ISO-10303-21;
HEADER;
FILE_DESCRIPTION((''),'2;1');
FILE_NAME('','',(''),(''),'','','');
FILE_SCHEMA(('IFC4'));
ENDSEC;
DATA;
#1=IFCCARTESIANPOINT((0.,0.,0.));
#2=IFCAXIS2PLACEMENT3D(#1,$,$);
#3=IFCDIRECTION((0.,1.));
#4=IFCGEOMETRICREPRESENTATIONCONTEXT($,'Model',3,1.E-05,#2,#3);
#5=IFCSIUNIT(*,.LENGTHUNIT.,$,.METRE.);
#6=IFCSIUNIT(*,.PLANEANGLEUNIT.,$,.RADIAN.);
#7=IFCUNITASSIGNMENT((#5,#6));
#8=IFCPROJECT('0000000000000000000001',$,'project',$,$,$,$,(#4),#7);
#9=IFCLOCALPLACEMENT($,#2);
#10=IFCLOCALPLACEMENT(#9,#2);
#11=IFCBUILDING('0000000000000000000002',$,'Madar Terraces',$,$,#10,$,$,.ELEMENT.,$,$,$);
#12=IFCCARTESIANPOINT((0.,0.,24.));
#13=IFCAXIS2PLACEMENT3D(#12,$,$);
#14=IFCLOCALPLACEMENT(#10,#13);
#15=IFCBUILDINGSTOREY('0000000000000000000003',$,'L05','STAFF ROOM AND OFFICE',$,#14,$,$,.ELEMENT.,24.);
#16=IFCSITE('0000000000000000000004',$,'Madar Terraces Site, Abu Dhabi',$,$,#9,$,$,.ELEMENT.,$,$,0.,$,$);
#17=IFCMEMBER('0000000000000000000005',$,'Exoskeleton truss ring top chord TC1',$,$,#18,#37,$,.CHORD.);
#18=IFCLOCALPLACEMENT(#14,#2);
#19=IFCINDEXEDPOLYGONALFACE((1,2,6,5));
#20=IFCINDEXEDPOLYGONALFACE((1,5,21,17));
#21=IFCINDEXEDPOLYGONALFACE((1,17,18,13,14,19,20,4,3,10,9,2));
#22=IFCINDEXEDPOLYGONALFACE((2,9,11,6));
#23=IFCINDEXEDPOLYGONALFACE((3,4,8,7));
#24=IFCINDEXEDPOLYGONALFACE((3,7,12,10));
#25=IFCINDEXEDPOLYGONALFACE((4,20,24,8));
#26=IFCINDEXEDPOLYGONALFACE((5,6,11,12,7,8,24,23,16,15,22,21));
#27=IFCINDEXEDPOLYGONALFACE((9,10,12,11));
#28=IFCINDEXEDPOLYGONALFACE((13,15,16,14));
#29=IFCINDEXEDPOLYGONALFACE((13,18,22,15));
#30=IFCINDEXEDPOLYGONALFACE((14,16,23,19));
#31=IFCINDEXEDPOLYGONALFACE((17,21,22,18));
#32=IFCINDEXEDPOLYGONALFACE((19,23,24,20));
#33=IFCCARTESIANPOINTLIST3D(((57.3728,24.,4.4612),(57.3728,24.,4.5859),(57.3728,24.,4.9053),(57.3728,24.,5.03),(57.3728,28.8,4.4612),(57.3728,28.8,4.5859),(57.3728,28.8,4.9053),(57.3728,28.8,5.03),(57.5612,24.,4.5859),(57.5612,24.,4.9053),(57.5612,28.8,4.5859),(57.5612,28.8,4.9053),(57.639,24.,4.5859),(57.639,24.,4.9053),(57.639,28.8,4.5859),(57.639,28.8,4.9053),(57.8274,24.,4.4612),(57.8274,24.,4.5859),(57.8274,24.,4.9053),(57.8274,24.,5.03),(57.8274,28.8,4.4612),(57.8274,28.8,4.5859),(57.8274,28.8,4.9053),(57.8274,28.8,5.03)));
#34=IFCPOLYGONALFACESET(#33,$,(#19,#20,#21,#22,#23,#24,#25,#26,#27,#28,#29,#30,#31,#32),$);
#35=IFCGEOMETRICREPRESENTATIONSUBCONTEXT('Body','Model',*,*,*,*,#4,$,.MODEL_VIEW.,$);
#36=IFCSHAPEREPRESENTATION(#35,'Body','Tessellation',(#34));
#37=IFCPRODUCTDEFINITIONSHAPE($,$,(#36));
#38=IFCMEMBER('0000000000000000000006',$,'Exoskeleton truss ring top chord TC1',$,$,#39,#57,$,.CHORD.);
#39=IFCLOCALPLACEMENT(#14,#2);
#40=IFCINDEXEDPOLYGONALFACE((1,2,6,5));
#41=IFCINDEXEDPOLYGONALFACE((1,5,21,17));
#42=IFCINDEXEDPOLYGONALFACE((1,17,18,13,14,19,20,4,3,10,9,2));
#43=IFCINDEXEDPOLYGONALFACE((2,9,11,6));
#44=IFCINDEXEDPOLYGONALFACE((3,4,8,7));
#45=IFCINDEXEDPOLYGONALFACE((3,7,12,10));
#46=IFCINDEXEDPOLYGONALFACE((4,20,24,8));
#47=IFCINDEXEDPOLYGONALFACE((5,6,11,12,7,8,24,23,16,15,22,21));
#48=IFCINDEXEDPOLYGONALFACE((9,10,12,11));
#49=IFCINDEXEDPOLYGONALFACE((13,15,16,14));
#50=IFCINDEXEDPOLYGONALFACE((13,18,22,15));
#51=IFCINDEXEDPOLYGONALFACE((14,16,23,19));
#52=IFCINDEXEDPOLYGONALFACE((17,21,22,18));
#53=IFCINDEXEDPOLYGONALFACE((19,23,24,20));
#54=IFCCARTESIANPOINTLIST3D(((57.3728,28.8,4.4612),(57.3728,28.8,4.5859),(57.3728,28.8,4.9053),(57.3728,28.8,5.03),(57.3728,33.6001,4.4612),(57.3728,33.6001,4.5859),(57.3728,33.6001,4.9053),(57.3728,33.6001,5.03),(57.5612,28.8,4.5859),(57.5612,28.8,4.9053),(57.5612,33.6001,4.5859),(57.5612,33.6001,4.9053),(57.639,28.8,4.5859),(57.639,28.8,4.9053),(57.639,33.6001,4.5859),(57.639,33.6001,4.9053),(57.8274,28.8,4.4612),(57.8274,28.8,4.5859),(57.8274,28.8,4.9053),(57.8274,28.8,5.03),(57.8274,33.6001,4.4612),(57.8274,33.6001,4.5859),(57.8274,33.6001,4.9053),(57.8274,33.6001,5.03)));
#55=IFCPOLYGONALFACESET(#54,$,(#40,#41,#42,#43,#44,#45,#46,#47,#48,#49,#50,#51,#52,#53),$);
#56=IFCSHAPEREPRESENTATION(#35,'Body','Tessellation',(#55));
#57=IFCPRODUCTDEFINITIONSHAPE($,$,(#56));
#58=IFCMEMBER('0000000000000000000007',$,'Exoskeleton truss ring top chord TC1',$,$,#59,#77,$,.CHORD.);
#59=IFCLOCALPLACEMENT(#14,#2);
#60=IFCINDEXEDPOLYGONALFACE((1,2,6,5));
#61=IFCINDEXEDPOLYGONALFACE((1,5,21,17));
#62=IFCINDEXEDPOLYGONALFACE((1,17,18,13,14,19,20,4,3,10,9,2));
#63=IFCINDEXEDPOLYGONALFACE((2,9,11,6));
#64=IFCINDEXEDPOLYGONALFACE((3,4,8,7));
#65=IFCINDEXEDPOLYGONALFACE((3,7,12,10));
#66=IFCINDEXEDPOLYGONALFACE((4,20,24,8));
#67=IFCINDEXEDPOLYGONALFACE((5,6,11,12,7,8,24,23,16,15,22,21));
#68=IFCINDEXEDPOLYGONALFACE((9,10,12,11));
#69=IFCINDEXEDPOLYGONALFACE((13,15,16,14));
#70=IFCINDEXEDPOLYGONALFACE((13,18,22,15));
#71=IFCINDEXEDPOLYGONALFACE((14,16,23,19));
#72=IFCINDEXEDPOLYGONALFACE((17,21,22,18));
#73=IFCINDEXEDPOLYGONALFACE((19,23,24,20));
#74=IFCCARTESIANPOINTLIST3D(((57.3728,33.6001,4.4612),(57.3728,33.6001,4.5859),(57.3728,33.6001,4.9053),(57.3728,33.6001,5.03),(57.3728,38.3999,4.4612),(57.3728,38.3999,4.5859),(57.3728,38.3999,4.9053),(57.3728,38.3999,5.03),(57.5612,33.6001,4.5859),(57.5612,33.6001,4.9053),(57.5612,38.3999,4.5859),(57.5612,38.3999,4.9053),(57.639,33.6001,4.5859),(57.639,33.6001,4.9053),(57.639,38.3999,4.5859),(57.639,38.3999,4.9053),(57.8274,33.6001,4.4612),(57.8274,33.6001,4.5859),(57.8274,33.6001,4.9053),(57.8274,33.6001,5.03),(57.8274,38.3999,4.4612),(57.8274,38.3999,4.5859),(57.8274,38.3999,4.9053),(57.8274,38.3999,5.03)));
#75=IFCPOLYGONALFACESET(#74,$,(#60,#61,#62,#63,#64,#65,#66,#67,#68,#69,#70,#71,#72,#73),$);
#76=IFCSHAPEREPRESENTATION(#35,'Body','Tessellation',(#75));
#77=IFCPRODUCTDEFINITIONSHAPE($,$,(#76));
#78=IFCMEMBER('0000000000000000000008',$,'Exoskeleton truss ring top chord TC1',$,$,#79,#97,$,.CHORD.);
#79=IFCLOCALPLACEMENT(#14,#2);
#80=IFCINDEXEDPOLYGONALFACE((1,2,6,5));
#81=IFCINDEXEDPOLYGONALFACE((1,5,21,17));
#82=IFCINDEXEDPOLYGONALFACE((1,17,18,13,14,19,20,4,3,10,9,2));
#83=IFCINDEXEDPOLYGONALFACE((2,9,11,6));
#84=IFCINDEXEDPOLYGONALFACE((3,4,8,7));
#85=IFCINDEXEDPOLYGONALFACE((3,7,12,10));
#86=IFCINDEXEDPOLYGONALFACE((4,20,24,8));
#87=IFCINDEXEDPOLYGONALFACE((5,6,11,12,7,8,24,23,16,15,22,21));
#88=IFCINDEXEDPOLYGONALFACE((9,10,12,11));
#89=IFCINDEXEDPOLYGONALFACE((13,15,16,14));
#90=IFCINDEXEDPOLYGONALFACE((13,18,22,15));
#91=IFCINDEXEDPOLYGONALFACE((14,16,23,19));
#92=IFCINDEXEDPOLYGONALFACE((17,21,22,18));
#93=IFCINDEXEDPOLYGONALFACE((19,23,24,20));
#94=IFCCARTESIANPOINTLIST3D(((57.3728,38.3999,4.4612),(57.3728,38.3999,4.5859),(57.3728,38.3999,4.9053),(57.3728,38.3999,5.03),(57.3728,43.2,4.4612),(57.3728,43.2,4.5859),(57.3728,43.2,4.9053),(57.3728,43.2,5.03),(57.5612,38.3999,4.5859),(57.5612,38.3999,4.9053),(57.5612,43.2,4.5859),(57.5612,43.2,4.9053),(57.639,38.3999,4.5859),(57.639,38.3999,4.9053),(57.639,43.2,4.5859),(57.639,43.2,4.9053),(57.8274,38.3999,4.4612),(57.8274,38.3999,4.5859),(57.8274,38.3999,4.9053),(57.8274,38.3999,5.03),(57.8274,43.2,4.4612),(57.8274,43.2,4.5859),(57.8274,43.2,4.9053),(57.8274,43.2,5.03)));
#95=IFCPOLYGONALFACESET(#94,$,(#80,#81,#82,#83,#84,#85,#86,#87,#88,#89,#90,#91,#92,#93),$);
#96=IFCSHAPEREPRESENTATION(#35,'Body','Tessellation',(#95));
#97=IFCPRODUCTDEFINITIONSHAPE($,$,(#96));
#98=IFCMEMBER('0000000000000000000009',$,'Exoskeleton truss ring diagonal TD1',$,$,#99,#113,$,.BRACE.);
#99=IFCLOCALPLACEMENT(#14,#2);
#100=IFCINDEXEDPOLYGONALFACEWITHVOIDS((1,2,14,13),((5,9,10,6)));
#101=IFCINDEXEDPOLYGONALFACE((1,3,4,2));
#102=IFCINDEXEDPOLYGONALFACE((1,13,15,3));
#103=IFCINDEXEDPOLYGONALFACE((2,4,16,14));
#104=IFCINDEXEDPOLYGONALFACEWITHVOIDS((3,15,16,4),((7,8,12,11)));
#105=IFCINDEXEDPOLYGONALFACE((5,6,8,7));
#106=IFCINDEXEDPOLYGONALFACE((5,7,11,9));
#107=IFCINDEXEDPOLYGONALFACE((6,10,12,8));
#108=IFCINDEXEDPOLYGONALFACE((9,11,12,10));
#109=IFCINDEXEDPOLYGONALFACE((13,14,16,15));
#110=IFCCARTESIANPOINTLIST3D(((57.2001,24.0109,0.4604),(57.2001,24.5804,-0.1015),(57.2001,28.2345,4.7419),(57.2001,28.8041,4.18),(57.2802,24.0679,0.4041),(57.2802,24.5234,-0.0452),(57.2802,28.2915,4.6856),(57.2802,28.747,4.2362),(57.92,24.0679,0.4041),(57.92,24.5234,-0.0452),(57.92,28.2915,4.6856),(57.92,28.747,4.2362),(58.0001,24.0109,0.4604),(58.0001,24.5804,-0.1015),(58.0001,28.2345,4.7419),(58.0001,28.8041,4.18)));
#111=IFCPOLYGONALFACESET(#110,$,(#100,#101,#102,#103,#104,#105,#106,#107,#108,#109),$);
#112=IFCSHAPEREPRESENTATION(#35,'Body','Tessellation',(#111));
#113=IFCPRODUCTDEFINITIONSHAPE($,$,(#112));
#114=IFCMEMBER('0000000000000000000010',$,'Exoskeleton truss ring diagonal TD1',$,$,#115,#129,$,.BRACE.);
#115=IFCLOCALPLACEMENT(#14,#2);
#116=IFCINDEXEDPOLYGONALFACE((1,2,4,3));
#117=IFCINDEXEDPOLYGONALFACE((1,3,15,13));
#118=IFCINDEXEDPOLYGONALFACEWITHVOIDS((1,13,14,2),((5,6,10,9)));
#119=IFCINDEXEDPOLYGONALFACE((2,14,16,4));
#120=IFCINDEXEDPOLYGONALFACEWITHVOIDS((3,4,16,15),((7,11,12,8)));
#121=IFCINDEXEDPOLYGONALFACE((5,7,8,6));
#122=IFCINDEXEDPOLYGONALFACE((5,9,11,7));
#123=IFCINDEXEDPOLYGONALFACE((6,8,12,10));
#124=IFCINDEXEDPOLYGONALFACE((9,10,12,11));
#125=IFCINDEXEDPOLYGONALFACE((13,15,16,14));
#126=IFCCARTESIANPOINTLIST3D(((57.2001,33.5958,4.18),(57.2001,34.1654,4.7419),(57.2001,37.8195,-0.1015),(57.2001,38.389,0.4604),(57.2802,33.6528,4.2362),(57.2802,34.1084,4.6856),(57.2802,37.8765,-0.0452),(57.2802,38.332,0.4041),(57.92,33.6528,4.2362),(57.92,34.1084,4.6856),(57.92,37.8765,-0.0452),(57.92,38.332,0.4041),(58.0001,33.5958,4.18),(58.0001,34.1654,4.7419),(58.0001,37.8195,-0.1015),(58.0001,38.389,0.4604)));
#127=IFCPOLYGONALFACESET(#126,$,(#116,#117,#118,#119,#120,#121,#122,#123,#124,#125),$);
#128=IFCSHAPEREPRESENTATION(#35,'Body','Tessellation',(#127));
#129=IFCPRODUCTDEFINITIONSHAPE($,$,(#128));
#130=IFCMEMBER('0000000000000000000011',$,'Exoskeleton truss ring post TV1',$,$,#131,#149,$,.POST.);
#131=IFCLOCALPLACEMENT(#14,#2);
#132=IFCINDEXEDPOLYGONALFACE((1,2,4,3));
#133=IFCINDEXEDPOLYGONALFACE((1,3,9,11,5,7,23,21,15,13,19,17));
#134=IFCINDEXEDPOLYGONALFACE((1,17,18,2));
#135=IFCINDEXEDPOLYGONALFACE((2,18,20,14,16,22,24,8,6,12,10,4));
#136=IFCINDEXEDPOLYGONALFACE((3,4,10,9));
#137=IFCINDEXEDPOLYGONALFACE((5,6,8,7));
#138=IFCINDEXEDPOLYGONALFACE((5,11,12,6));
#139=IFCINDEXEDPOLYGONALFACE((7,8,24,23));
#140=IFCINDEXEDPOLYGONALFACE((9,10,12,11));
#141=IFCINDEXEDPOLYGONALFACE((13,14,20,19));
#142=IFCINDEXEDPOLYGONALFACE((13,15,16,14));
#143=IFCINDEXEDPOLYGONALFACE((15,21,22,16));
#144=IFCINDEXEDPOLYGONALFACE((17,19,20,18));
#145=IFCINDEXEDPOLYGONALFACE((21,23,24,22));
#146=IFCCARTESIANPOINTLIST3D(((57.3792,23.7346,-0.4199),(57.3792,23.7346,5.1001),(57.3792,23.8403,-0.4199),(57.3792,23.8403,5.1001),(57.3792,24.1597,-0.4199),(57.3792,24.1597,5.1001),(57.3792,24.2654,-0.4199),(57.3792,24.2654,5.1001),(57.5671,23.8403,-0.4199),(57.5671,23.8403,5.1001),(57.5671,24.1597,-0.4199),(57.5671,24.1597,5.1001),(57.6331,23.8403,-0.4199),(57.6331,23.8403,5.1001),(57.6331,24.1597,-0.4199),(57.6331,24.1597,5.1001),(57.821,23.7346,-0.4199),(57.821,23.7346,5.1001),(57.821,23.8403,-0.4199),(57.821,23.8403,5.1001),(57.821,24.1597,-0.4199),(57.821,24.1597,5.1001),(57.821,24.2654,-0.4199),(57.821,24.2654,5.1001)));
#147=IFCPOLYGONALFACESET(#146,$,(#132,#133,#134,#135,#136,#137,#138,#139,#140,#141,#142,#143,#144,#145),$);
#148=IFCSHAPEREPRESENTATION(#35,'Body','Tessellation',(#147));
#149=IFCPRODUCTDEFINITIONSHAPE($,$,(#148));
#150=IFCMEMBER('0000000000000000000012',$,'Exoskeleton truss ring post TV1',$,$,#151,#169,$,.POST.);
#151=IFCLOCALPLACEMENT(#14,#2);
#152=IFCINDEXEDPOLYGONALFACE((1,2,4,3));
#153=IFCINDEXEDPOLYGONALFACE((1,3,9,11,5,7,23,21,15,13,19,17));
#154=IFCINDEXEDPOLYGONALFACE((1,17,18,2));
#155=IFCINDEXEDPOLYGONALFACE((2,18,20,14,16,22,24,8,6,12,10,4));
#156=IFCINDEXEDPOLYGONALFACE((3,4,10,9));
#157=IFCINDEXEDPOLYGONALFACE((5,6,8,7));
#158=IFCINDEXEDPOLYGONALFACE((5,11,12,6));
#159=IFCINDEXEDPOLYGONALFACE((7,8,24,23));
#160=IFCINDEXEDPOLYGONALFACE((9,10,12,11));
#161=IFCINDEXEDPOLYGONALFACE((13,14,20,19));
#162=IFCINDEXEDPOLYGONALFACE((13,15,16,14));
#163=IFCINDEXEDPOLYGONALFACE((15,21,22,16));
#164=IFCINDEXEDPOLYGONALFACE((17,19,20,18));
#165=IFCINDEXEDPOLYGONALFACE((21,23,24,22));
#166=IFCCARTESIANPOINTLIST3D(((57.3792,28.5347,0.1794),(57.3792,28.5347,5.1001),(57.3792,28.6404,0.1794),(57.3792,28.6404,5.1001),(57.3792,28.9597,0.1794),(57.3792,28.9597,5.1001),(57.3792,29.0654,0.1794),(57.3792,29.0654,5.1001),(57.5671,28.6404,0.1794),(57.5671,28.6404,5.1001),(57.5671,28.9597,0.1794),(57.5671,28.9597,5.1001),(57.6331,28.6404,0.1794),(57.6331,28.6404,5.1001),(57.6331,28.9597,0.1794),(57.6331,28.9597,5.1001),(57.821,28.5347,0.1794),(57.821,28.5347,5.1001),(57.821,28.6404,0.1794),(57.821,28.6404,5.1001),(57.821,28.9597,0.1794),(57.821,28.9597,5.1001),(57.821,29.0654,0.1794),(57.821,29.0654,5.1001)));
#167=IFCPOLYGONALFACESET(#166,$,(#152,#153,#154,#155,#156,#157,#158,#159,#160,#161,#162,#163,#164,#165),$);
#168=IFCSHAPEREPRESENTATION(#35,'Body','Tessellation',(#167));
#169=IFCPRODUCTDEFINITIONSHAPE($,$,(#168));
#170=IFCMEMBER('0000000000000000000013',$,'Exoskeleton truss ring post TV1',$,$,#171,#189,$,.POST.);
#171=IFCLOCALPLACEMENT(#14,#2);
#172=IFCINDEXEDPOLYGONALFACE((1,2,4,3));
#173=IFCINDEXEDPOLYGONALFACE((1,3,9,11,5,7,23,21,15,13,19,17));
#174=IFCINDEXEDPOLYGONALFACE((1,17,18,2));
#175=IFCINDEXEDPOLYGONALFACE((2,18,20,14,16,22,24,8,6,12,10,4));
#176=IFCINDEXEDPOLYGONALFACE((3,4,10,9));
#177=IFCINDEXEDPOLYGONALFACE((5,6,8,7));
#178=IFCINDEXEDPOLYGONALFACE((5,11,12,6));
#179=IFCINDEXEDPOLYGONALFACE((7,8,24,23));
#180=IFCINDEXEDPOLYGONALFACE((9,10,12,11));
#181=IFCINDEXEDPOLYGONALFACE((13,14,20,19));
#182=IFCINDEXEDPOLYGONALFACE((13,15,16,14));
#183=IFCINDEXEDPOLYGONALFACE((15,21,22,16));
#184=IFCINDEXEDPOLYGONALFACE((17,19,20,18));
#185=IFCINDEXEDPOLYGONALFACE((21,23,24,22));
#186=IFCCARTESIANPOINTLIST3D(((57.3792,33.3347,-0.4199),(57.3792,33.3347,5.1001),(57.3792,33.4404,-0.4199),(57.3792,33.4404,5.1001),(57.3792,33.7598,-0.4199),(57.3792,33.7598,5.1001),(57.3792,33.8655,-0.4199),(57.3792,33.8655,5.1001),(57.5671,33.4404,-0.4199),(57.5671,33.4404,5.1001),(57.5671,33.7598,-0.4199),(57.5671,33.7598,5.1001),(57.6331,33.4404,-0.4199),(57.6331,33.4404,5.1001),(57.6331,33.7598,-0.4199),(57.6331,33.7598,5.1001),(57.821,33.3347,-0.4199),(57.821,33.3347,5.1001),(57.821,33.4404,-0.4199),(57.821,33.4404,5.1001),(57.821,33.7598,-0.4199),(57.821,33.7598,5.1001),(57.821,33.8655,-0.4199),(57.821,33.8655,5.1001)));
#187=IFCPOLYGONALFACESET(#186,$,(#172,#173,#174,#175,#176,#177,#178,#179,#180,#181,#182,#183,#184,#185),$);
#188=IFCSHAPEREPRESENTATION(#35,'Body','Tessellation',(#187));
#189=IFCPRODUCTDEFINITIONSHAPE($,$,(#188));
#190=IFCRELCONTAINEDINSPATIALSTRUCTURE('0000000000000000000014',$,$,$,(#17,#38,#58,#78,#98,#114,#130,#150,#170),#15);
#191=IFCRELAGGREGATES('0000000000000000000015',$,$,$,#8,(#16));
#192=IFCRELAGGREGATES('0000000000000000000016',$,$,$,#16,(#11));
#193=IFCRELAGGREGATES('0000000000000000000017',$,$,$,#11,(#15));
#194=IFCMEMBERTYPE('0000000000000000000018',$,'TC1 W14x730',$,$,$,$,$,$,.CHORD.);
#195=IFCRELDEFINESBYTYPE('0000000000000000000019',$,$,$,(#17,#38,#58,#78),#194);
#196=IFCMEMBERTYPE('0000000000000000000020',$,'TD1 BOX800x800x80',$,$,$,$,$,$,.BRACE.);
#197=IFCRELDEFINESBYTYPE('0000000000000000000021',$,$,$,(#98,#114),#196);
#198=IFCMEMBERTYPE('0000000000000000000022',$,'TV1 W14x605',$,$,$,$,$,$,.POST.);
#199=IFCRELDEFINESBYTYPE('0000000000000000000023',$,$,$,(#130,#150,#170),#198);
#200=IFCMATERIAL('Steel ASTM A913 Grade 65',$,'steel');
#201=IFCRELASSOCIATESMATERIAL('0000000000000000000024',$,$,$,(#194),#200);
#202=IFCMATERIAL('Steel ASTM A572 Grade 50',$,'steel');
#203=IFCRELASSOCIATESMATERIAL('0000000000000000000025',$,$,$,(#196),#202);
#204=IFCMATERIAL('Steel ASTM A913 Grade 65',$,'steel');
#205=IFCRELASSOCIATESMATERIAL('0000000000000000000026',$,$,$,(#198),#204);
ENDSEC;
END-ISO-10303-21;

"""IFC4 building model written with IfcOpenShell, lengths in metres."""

from ifc_helpers import new_model, si_unit, direction, frame, origin, origin_2d, place, context, subcontext, project, spatial, hollow_rectangle, i_section, extrude, material, material_profile, profile_set, type_object, element, save


model = new_model("IFC4")

# Units and contexts
model_context = context("Model", 3, precision=1e-05, world=origin(), true_north=direction((0.0, 1.0)))
body_context = subcontext(model_context, "Body", "Model", "MODEL_VIEW")
ifc_project = project(units=[si_unit("LENGTHUNIT", "METRE"), si_unit("PLANEANGLEUNIT", "RADIAN")], contexts=[model_context])

# Site, building, storey
site_placement = place(None, origin())
site = spatial("IfcSite", under=ifc_project, at=site_placement, Name="Madar Terraces Site, Abu Dhabi", CompositionType="ELEMENT", RefElevation=0.0)
building_placement = place(site_placement, origin())
building = spatial("IfcBuilding", under=site, at=building_placement, Name="Madar Terraces", CompositionType="ELEMENT")
storey_placement = place(building_placement, frame((0.0, 0.0, 24.0)))
storey = spatial("IfcBuildingStorey", under=building, at=storey_placement, Name="L05", Description="STAFF ROOM AND OFFICE", CompositionType="ELEMENT", Elevation=24.0)

# Members
ifc_material_1 = material(Name="Steel ASTM A913 Grade 65", Category="steel")
ifc_material_profile_1 = material_profile(ifc_material_1, i_section(OverallWidth=0.4546, OverallDepth=0.5688, WebThickness=0.0779, FlangeThickness=0.1248, at=origin_2d()), Name="W14x730")
ifc_profile_set_1 = profile_set([ifc_material_profile_1], Name="Steel ASTM A913 Grade 65")
member_type_1 = type_object("IfcMemberType", Name="TC1 W14x730", PredefinedType="CHORD", material=ifc_profile_set_1)
for number, where, z_axis, x_axis, name in (
    (1, (57.6001, 24.0, 4.7456), (0.0, 1.0, 0.0), (-1.0, 0.0, 0.0), "Exoskeleton truss ring top chord TC1"),
    (2, (57.6001, 28.8, 4.7456), (0.0, 1.0, 0.0), (-1.0, 0.0, 0.0), "Exoskeleton truss ring top chord TC1"),
):
    element("IfcMember", number, at=place(storey_placement, frame(where, z_axis=z_axis, x_axis=x_axis)), inside=storey, type_object=member_type_1, Name=name, PredefinedType="CHORD", context=body_context, shape_type="SweptSolid", body=[
        extrude(i_section(OverallWidth=0.4546, OverallDepth=0.5688, WebThickness=0.0779, FlangeThickness=0.1248, at=origin_2d()), origin(), (0.0, 0.0, 1.0), 4.8),
    ])
member_1_placement = place(storey_placement, frame((57.6001, 33.6001, 4.7456), z_axis=(0.0, 1.0, 0.0), x_axis=(-1.0, 0.0, 0.0)))
element("IfcMember", 3, at=member_1_placement, inside=storey, type_object=member_type_1, Name="Exoskeleton truss ring top chord TC1", PredefinedType="CHORD", context=body_context, shape_type="SweptSolid", body=[
    extrude(i_section(OverallWidth=0.4546, OverallDepth=0.5688, WebThickness=0.0779, FlangeThickness=0.1248, at=origin_2d()), origin(), (0.0, 0.0, 1.0), 4.7998),
])
member_2_placement = place(storey_placement, frame((57.6001, 38.3999, 4.7456), z_axis=(0.0, 1.0, 0.0), x_axis=(-1.0, 0.0, 0.0)))
element("IfcMember", 4, at=member_2_placement, inside=storey, type_object=member_type_1, Name="Exoskeleton truss ring top chord TC1", PredefinedType="CHORD", context=body_context, shape_type="SweptSolid", body=[
    extrude(i_section(OverallWidth=0.4546, OverallDepth=0.5688, WebThickness=0.0779, FlangeThickness=0.1248, at=origin_2d()), origin(), (0.0, 0.0, 1.0), 4.8),
])
ifc_material_2 = material(Name="Steel ASTM A572 Grade 50", Category="steel")
ifc_material_profile_2 = material_profile(ifc_material_2, hollow_rectangle(XDim=0.8, YDim=0.8, WallThickness=0.0801, at=origin_2d()), Name="BOX800x800x80")
ifc_profile_set_2 = profile_set([ifc_material_profile_2], Name="Steel ASTM A572 Grade 50")
member_type_2 = type_object("IfcMemberType", Name="TD1 BOX800x800x80", PredefinedType="BRACE", material=ifc_profile_set_2)
for number, where, z_axis, x_axis, name in (
    (5, (57.6001, 24.2957, 0.1794), (0.0, 0.70228, 0.711901), (-1.0, 0.0, 0.0), "Exoskeleton truss ring diagonal TD1"),
    (6, (57.6001, 33.8806, 4.4609), (0.0, 0.70228, -0.711901), (-1.0, 0.0, 0.0), "Exoskeleton truss ring diagonal TD1"),
):
    element("IfcMember", number, at=place(storey_placement, frame(where, z_axis=z_axis, x_axis=x_axis)), inside=storey, type_object=member_type_2, Name=name, PredefinedType="BRACE", context=body_context, shape_type="SweptSolid", body=[
        extrude(hollow_rectangle(XDim=0.8, YDim=0.8, WallThickness=0.0801, at=origin_2d()), origin(), (0.0, 0.0, 1.0), 6.0142),
    ])
ifc_material_3 = material(Name="Steel ASTM A913 Grade 65", Category="steel")
ifc_material_profile_3 = material_profile(ifc_material_3, i_section(OverallWidth=0.4419, OverallDepth=0.5308, WebThickness=0.0659, FlangeThickness=0.1057, at=origin_2d()), Name="W14x605")
ifc_profile_set_3 = profile_set([ifc_material_profile_3], Name="Steel ASTM A913 Grade 65")
member_type_3 = type_object("IfcMemberType", Name="TV1 W14x605", PredefinedType="POST", material=ifc_profile_set_3)
member_3_placement = place(storey_placement, frame((57.6001, 24.0, -0.4199), z_axis=(0.0, 0.0, 1.0), x_axis=(-1.0, 0.0, 0.0)))
element("IfcMember", 7, at=member_3_placement, inside=storey, type_object=member_type_3, Name="Exoskeleton truss ring post TV1", PredefinedType="POST", context=body_context, shape_type="SweptSolid", body=[
    extrude(i_section(OverallWidth=0.4419, OverallDepth=0.5308, WebThickness=0.0659, FlangeThickness=0.1057, at=origin_2d()), origin(), (0.0, 0.0, 1.0), 5.52),
])
member_4_placement = place(storey_placement, frame((57.6001, 28.8, 0.1794), z_axis=(0.0, 0.0, 1.0), x_axis=(-1.0, 0.0, 0.0)))
element("IfcMember", 8, at=member_4_placement, inside=storey, type_object=member_type_3, Name="Exoskeleton truss ring post TV1", PredefinedType="POST", context=body_context, shape_type="SweptSolid", body=[
    extrude(i_section(OverallWidth=0.4419, OverallDepth=0.5308, WebThickness=0.0659, FlangeThickness=0.1057, at=origin_2d()), origin(), (0.0, 0.0, 1.0), 4.9207),
])
member_5_placement = place(storey_placement, frame((57.6001, 33.6001, -0.4199), z_axis=(0.0, 0.0, 1.0), x_axis=(-1.0, 0.0, 0.0)))
element("IfcMember", 9, at=member_5_placement, inside=storey, type_object=member_type_3, Name="Exoskeleton truss ring post TV1", PredefinedType="POST", context=body_context, shape_type="SweptSolid", body=[
    extrude(i_section(OverallWidth=0.4419, OverallDepth=0.5308, WebThickness=0.0659, FlangeThickness=0.1057, at=origin_2d()), origin(), (0.0, 0.0, 1.0), 5.52),
])

save(model, "model.ifc")
